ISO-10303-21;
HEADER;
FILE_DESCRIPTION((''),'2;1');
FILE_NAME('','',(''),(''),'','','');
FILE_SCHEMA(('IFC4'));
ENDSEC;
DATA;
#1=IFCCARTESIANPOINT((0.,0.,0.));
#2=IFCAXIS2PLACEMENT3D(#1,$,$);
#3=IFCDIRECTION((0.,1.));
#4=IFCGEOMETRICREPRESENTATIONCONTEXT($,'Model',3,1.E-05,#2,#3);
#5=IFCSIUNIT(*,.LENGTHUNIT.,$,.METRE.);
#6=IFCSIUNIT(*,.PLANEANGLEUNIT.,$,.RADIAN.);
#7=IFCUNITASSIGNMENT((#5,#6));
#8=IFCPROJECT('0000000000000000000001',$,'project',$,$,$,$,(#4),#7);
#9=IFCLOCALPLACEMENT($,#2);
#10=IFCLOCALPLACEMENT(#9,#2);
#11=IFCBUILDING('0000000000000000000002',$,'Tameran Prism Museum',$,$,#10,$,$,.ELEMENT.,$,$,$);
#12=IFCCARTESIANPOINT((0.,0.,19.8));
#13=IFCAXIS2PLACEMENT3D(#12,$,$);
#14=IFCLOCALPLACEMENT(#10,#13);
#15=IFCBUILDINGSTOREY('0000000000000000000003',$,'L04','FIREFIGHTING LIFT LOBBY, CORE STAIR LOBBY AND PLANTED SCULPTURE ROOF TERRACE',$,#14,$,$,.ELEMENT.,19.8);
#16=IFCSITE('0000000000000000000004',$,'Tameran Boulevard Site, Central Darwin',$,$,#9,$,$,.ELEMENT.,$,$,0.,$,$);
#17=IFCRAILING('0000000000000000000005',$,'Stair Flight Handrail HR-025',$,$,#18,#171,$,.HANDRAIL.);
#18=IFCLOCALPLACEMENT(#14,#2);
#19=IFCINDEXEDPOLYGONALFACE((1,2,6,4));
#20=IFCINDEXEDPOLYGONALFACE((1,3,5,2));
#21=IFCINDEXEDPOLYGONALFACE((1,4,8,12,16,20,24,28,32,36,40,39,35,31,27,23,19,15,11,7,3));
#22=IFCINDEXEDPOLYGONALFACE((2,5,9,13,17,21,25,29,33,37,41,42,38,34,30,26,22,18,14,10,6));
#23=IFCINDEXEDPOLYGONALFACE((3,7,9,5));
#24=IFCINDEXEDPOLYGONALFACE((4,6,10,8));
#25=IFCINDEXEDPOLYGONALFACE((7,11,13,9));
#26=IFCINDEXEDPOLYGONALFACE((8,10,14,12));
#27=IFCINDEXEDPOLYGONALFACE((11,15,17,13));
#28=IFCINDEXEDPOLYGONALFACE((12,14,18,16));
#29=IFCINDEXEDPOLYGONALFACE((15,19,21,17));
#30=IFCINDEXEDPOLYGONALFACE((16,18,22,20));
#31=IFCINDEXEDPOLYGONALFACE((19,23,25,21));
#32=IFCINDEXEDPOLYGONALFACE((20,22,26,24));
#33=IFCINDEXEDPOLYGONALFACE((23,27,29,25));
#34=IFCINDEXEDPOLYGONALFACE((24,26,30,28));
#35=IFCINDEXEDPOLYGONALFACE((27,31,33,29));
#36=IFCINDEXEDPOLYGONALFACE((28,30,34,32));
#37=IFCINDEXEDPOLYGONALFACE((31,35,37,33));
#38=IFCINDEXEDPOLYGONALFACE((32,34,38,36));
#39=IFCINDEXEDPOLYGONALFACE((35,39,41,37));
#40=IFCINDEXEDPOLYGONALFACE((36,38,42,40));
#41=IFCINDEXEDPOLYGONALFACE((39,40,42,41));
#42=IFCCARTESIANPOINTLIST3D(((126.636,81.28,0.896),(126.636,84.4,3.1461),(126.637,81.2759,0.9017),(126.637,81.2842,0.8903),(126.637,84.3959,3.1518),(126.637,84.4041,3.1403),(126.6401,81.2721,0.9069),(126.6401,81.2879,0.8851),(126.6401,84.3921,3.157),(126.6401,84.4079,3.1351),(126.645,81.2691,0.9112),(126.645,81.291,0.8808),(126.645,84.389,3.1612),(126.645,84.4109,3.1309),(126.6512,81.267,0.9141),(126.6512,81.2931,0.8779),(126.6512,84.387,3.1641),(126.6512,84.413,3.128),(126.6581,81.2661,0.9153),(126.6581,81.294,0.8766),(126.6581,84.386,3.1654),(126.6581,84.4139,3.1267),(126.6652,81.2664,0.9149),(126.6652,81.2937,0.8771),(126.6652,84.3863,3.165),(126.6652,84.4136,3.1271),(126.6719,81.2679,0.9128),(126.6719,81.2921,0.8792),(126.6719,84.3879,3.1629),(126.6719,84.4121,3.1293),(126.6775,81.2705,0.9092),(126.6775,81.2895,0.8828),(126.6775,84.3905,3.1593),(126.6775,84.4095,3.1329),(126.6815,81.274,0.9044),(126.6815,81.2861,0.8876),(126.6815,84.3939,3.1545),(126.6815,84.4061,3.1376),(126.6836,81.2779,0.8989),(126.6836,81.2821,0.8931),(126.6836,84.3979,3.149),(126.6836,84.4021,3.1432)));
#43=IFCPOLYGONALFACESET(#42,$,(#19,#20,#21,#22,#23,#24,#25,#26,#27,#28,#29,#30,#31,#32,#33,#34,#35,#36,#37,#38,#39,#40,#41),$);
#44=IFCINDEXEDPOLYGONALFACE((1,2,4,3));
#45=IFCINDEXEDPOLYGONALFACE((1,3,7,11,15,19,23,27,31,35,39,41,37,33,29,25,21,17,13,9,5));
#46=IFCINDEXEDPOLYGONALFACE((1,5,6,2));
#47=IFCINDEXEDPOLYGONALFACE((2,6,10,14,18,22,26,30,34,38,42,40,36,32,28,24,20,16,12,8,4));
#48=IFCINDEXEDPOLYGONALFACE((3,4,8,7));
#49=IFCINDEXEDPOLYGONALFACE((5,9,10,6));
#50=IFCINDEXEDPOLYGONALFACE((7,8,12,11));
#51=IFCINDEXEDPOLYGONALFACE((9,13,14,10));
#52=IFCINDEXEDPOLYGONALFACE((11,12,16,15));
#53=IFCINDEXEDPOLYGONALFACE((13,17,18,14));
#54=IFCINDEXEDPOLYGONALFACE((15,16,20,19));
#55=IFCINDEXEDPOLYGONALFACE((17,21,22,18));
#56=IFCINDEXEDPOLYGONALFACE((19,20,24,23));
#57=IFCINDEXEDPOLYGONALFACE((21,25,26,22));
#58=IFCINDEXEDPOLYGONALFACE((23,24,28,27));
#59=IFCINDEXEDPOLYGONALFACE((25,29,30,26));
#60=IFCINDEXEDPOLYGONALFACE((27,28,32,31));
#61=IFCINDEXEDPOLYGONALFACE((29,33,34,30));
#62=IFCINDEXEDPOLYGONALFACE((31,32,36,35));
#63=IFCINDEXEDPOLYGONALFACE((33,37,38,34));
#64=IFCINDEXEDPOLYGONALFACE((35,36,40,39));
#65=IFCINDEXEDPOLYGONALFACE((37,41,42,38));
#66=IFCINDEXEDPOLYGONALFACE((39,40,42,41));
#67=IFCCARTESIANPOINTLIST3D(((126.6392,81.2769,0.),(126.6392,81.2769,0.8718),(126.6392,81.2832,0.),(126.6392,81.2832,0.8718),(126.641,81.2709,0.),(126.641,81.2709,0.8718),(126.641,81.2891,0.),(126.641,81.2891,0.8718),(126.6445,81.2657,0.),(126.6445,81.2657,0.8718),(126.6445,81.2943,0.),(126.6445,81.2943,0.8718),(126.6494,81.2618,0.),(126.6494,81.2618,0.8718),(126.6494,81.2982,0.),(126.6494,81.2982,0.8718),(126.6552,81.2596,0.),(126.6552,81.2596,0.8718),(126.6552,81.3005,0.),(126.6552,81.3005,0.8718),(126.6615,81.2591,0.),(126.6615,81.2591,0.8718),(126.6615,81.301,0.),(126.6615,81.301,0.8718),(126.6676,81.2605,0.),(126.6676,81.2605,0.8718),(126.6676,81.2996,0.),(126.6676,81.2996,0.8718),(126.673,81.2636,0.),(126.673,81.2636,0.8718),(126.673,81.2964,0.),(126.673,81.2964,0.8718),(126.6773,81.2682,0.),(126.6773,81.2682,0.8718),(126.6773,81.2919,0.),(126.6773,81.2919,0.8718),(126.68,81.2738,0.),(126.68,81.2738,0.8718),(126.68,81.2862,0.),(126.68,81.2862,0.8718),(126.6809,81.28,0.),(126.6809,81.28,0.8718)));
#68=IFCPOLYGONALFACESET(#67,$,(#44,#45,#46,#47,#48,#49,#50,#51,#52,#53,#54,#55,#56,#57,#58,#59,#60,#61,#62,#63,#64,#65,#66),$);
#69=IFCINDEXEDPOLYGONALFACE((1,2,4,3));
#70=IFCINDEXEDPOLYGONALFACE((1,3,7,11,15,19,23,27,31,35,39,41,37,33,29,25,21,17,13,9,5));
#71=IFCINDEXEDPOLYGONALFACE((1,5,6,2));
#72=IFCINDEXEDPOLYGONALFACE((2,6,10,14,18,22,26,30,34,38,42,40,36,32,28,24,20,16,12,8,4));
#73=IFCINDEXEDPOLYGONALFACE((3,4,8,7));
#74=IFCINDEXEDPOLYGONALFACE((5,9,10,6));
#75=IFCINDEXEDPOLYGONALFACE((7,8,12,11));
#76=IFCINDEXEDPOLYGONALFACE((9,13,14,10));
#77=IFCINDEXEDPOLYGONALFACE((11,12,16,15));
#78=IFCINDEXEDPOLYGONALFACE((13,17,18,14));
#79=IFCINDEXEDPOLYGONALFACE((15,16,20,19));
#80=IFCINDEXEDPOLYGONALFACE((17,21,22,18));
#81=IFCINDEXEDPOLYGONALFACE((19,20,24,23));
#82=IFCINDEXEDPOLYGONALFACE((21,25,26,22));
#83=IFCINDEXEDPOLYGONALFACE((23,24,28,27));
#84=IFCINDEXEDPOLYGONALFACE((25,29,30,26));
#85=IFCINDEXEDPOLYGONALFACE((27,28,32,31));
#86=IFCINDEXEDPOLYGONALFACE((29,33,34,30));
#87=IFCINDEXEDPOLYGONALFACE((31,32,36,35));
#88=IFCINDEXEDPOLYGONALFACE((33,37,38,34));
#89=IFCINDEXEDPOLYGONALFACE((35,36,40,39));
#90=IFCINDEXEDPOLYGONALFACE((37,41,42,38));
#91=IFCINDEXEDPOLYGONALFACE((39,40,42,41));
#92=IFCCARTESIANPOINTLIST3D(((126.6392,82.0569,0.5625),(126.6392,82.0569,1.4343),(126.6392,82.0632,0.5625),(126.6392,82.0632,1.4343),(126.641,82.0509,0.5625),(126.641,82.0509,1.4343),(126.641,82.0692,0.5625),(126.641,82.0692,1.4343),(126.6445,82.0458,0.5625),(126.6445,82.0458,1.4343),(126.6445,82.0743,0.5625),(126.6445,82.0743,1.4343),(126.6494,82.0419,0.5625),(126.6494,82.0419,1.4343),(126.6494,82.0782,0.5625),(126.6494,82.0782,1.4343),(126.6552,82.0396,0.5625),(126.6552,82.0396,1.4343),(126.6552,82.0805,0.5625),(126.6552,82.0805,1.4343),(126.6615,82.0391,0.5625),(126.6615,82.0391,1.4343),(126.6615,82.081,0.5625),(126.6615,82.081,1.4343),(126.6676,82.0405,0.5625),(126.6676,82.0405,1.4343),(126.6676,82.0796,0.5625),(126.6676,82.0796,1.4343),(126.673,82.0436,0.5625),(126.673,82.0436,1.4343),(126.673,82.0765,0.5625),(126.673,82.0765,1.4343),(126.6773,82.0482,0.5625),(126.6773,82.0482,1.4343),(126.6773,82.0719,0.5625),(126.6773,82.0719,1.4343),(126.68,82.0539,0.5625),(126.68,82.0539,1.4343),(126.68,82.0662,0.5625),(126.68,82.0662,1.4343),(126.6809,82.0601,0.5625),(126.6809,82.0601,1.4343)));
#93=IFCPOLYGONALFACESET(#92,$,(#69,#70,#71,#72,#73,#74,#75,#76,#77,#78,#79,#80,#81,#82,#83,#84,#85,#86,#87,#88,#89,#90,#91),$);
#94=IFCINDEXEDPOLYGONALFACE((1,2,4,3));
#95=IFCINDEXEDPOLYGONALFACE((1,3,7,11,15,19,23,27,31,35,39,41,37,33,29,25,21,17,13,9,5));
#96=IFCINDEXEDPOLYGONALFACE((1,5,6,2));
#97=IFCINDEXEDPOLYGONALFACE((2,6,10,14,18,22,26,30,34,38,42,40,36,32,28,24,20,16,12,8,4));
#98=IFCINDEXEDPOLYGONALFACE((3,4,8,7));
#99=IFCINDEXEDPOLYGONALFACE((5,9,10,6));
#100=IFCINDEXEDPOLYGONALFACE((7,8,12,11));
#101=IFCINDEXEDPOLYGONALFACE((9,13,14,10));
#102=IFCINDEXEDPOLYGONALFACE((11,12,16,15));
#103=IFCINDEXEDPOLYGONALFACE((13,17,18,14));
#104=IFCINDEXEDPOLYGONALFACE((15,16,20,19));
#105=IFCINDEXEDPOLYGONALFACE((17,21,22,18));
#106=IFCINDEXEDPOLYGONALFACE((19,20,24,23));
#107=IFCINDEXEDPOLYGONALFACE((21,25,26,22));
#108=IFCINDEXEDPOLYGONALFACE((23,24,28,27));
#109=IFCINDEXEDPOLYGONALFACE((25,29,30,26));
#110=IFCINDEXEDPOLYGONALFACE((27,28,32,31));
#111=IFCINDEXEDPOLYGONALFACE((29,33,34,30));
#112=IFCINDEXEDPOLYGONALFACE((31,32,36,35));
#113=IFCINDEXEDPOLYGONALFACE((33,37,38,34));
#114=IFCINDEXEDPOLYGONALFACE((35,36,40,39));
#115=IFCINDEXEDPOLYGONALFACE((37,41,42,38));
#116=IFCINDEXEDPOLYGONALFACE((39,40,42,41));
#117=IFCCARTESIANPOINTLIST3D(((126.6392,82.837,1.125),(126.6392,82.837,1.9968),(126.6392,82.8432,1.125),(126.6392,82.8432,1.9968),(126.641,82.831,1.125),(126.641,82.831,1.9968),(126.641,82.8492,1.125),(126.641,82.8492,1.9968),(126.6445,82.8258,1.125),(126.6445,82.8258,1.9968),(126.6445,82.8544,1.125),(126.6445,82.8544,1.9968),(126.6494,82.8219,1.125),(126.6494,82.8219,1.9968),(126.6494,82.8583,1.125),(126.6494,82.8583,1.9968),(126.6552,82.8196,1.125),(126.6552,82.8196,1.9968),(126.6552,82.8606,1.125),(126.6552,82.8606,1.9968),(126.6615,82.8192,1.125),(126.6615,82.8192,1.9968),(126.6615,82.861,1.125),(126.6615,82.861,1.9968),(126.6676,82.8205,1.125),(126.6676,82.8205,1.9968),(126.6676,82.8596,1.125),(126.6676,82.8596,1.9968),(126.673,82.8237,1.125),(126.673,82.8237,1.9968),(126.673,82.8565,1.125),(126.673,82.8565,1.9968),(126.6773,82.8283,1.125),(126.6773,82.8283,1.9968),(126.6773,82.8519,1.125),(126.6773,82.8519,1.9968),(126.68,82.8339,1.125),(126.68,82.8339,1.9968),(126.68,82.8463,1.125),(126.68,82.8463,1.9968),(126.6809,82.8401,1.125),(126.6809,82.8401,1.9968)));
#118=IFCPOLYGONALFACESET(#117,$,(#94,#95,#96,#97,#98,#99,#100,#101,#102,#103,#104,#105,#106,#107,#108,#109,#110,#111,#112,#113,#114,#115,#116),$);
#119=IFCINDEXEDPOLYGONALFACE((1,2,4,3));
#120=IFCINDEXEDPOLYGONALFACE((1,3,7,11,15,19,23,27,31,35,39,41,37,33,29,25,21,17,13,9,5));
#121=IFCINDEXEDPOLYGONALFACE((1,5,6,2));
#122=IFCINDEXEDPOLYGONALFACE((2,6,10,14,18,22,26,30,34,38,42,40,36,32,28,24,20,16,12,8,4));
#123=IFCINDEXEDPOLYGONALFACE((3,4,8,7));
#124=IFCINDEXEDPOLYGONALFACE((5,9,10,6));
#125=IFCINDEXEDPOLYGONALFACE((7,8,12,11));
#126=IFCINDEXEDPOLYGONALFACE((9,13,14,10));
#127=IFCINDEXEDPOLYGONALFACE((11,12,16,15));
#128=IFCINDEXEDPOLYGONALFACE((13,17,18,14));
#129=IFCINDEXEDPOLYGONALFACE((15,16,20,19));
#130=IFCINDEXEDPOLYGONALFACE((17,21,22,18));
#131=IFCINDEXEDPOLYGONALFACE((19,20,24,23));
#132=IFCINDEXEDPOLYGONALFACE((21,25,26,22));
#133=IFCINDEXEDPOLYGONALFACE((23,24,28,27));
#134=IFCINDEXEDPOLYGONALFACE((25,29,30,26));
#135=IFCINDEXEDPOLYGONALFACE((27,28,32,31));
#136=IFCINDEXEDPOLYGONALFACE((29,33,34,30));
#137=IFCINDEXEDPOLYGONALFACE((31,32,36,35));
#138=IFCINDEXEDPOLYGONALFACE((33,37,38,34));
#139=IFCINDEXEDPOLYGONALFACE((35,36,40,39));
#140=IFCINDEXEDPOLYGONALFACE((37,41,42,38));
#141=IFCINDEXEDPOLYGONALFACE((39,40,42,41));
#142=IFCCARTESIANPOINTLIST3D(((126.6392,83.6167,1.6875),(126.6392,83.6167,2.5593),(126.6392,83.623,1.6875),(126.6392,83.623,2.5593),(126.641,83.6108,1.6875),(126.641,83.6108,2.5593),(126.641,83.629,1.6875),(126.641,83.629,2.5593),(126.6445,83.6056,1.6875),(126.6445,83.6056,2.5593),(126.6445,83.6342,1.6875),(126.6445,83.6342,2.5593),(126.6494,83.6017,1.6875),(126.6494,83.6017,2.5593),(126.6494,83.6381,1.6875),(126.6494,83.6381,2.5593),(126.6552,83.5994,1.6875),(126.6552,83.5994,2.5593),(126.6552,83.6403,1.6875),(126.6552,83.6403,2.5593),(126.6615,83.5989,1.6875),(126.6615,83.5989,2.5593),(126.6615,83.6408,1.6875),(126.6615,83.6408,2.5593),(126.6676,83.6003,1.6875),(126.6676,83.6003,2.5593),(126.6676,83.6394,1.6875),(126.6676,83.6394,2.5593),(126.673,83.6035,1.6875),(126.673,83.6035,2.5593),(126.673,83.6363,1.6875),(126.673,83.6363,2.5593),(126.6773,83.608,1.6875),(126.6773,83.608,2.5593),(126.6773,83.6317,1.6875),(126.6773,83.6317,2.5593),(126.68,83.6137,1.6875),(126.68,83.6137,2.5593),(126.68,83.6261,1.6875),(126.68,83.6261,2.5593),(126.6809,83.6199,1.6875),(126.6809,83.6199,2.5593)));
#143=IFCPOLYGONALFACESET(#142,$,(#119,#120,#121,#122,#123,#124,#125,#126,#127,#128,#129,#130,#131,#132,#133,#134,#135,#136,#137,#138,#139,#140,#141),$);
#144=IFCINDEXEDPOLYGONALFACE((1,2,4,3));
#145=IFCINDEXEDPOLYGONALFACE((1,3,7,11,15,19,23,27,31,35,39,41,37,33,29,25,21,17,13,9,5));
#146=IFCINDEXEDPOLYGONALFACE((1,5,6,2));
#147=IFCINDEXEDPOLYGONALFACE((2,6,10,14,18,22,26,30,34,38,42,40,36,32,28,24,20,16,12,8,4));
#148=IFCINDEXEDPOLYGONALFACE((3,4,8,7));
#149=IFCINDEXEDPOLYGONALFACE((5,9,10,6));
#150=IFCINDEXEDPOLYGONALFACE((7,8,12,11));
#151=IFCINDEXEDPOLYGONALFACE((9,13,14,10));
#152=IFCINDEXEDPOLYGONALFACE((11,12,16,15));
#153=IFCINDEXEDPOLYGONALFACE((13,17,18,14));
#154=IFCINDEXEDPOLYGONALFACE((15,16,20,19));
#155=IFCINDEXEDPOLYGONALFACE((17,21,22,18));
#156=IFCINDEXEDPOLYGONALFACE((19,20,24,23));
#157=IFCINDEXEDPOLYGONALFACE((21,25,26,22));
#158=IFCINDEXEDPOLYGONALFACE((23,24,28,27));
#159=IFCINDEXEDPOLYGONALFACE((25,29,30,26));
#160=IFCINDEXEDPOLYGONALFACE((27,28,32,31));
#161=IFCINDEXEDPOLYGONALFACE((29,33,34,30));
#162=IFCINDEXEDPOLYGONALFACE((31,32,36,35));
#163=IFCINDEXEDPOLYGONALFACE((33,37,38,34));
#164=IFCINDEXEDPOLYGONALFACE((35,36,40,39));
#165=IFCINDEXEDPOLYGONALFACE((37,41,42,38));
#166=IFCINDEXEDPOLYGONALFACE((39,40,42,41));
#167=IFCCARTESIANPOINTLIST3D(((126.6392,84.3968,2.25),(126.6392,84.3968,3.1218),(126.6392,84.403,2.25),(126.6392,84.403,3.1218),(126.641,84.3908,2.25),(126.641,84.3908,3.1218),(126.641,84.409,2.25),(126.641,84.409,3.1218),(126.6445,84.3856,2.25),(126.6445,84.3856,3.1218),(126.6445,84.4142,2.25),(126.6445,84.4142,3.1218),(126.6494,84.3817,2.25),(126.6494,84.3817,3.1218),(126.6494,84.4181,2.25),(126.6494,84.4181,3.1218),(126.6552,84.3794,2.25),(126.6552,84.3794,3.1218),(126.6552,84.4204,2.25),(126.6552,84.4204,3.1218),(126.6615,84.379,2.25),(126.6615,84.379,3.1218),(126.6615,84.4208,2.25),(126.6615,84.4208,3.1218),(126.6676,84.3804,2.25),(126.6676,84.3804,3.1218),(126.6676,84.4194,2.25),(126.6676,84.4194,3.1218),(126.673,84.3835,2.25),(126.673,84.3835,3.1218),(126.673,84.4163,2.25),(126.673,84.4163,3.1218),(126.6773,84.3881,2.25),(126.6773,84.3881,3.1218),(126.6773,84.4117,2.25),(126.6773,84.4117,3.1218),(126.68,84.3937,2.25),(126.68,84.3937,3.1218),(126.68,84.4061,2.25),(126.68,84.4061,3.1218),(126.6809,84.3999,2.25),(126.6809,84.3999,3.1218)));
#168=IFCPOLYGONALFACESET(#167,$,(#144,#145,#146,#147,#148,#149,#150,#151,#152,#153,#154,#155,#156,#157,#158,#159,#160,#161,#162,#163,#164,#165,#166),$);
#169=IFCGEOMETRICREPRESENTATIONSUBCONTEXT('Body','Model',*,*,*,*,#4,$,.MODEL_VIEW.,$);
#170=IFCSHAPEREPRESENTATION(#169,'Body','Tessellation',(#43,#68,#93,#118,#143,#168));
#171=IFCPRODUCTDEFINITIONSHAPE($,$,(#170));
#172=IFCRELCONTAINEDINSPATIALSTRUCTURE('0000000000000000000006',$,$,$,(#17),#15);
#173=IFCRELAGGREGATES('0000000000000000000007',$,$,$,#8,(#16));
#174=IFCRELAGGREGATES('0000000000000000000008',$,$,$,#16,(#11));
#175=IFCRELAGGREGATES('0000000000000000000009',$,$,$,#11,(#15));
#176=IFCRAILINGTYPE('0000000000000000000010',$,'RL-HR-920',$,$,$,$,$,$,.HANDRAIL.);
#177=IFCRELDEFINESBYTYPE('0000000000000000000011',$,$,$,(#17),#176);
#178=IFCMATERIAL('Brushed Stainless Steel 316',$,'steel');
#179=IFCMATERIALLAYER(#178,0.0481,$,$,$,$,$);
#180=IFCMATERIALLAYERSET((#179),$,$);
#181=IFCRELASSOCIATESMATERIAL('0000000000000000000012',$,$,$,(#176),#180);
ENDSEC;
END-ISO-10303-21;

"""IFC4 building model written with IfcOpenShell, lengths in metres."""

from ifc_helpers import new_model, si_unit, direction, frame, origin, origin_2d, place, context, subcontext, project, spatial, circle, extrude, material, layer, layer_set, type_object, element, save


model = new_model("IFC4")

# Units and contexts
model_context = context("Model", 3, precision=1e-05, world=origin(), true_north=direction((0.0, 1.0)))
body_context = subcontext(model_context, "Body", "Model", "MODEL_VIEW")
ifc_project = project(units=[si_unit("LENGTHUNIT", "METRE"), si_unit("PLANEANGLEUNIT", "RADIAN")], contexts=[model_context])

# Site, building, storey
site_placement = place(None, origin())
site = spatial("IfcSite", under=ifc_project, at=site_placement, Name="Tameran Boulevard Site, Central Darwin", CompositionType="ELEMENT", RefElevation=0.0)
building_placement = place(site_placement, origin())
building = spatial("IfcBuilding", under=site, at=building_placement, Name="Tameran Prism Museum", CompositionType="ELEMENT")
storey_placement = place(building_placement, frame((0.0, 0.0, 19.8)))
storey = spatial("IfcBuildingStorey", under=building, at=storey_placement, Name="L04", Description="FIREFIGHTING LIFT LOBBY, CORE STAIR LOBBY AND PLANTED SCULPTURE ROOF TERRACE", CompositionType="ELEMENT", Elevation=19.8)

# Railing
ifc_material_1 = material(Name="Brushed Stainless Steel 316", Category="steel")
ifc_layer_1 = layer(ifc_material_1, 0.0481)
ifc_layer_set_1 = layer_set([ifc_layer_1])
railing_type_1 = type_object("IfcRailingType", Name="RL-HR-920", PredefinedType="HANDRAIL", material=ifc_layer_set_1)
for number, where, name in (
    (1, (126.6599, 81.28, 0.0), "Stair Flight Handrail HR-025"),
):
    element("IfcRailing", number, at=place(storey_placement, frame(where)), inside=storey, type_object=railing_type_1, Name=name, PredefinedType="HANDRAIL", context=body_context, shape_type="SweptSolid", body=[
        extrude(circle(Radius=0.0239, at=origin_2d()), frame((0.0, 0.0, 0.896), z_axis=(0.0, 0.811079, 0.584937), x_axis=(-1.0, 0.0, 0.0)), (0.0, 0.0, 1.0), 3.8467),
        extrude(circle(Radius=0.021, at=origin_2d()), origin(), (0.0, 0.0, 1.0), 0.8718),
        extrude(circle(Radius=0.021, at=origin_2d()), frame((0.0, 0.78, 0.5625)), (0.0, 0.0, 1.0), 0.8718),
        extrude(circle(Radius=0.021, at=origin_2d()), frame((0.0, 1.5601, 1.125)), (0.0, 0.0, 1.0), 0.8718),
        extrude(circle(Radius=0.021, at=origin_2d()), frame((0.0, 2.3398, 1.6875)), (0.0, 0.0, 1.0), 0.8718),
        extrude(circle(Radius=0.021, at=origin_2d()), frame((0.0, 3.1199, 2.25)), (0.0, 0.0, 1.0), 0.8718),
    ])

save(model, "model.ifc")
